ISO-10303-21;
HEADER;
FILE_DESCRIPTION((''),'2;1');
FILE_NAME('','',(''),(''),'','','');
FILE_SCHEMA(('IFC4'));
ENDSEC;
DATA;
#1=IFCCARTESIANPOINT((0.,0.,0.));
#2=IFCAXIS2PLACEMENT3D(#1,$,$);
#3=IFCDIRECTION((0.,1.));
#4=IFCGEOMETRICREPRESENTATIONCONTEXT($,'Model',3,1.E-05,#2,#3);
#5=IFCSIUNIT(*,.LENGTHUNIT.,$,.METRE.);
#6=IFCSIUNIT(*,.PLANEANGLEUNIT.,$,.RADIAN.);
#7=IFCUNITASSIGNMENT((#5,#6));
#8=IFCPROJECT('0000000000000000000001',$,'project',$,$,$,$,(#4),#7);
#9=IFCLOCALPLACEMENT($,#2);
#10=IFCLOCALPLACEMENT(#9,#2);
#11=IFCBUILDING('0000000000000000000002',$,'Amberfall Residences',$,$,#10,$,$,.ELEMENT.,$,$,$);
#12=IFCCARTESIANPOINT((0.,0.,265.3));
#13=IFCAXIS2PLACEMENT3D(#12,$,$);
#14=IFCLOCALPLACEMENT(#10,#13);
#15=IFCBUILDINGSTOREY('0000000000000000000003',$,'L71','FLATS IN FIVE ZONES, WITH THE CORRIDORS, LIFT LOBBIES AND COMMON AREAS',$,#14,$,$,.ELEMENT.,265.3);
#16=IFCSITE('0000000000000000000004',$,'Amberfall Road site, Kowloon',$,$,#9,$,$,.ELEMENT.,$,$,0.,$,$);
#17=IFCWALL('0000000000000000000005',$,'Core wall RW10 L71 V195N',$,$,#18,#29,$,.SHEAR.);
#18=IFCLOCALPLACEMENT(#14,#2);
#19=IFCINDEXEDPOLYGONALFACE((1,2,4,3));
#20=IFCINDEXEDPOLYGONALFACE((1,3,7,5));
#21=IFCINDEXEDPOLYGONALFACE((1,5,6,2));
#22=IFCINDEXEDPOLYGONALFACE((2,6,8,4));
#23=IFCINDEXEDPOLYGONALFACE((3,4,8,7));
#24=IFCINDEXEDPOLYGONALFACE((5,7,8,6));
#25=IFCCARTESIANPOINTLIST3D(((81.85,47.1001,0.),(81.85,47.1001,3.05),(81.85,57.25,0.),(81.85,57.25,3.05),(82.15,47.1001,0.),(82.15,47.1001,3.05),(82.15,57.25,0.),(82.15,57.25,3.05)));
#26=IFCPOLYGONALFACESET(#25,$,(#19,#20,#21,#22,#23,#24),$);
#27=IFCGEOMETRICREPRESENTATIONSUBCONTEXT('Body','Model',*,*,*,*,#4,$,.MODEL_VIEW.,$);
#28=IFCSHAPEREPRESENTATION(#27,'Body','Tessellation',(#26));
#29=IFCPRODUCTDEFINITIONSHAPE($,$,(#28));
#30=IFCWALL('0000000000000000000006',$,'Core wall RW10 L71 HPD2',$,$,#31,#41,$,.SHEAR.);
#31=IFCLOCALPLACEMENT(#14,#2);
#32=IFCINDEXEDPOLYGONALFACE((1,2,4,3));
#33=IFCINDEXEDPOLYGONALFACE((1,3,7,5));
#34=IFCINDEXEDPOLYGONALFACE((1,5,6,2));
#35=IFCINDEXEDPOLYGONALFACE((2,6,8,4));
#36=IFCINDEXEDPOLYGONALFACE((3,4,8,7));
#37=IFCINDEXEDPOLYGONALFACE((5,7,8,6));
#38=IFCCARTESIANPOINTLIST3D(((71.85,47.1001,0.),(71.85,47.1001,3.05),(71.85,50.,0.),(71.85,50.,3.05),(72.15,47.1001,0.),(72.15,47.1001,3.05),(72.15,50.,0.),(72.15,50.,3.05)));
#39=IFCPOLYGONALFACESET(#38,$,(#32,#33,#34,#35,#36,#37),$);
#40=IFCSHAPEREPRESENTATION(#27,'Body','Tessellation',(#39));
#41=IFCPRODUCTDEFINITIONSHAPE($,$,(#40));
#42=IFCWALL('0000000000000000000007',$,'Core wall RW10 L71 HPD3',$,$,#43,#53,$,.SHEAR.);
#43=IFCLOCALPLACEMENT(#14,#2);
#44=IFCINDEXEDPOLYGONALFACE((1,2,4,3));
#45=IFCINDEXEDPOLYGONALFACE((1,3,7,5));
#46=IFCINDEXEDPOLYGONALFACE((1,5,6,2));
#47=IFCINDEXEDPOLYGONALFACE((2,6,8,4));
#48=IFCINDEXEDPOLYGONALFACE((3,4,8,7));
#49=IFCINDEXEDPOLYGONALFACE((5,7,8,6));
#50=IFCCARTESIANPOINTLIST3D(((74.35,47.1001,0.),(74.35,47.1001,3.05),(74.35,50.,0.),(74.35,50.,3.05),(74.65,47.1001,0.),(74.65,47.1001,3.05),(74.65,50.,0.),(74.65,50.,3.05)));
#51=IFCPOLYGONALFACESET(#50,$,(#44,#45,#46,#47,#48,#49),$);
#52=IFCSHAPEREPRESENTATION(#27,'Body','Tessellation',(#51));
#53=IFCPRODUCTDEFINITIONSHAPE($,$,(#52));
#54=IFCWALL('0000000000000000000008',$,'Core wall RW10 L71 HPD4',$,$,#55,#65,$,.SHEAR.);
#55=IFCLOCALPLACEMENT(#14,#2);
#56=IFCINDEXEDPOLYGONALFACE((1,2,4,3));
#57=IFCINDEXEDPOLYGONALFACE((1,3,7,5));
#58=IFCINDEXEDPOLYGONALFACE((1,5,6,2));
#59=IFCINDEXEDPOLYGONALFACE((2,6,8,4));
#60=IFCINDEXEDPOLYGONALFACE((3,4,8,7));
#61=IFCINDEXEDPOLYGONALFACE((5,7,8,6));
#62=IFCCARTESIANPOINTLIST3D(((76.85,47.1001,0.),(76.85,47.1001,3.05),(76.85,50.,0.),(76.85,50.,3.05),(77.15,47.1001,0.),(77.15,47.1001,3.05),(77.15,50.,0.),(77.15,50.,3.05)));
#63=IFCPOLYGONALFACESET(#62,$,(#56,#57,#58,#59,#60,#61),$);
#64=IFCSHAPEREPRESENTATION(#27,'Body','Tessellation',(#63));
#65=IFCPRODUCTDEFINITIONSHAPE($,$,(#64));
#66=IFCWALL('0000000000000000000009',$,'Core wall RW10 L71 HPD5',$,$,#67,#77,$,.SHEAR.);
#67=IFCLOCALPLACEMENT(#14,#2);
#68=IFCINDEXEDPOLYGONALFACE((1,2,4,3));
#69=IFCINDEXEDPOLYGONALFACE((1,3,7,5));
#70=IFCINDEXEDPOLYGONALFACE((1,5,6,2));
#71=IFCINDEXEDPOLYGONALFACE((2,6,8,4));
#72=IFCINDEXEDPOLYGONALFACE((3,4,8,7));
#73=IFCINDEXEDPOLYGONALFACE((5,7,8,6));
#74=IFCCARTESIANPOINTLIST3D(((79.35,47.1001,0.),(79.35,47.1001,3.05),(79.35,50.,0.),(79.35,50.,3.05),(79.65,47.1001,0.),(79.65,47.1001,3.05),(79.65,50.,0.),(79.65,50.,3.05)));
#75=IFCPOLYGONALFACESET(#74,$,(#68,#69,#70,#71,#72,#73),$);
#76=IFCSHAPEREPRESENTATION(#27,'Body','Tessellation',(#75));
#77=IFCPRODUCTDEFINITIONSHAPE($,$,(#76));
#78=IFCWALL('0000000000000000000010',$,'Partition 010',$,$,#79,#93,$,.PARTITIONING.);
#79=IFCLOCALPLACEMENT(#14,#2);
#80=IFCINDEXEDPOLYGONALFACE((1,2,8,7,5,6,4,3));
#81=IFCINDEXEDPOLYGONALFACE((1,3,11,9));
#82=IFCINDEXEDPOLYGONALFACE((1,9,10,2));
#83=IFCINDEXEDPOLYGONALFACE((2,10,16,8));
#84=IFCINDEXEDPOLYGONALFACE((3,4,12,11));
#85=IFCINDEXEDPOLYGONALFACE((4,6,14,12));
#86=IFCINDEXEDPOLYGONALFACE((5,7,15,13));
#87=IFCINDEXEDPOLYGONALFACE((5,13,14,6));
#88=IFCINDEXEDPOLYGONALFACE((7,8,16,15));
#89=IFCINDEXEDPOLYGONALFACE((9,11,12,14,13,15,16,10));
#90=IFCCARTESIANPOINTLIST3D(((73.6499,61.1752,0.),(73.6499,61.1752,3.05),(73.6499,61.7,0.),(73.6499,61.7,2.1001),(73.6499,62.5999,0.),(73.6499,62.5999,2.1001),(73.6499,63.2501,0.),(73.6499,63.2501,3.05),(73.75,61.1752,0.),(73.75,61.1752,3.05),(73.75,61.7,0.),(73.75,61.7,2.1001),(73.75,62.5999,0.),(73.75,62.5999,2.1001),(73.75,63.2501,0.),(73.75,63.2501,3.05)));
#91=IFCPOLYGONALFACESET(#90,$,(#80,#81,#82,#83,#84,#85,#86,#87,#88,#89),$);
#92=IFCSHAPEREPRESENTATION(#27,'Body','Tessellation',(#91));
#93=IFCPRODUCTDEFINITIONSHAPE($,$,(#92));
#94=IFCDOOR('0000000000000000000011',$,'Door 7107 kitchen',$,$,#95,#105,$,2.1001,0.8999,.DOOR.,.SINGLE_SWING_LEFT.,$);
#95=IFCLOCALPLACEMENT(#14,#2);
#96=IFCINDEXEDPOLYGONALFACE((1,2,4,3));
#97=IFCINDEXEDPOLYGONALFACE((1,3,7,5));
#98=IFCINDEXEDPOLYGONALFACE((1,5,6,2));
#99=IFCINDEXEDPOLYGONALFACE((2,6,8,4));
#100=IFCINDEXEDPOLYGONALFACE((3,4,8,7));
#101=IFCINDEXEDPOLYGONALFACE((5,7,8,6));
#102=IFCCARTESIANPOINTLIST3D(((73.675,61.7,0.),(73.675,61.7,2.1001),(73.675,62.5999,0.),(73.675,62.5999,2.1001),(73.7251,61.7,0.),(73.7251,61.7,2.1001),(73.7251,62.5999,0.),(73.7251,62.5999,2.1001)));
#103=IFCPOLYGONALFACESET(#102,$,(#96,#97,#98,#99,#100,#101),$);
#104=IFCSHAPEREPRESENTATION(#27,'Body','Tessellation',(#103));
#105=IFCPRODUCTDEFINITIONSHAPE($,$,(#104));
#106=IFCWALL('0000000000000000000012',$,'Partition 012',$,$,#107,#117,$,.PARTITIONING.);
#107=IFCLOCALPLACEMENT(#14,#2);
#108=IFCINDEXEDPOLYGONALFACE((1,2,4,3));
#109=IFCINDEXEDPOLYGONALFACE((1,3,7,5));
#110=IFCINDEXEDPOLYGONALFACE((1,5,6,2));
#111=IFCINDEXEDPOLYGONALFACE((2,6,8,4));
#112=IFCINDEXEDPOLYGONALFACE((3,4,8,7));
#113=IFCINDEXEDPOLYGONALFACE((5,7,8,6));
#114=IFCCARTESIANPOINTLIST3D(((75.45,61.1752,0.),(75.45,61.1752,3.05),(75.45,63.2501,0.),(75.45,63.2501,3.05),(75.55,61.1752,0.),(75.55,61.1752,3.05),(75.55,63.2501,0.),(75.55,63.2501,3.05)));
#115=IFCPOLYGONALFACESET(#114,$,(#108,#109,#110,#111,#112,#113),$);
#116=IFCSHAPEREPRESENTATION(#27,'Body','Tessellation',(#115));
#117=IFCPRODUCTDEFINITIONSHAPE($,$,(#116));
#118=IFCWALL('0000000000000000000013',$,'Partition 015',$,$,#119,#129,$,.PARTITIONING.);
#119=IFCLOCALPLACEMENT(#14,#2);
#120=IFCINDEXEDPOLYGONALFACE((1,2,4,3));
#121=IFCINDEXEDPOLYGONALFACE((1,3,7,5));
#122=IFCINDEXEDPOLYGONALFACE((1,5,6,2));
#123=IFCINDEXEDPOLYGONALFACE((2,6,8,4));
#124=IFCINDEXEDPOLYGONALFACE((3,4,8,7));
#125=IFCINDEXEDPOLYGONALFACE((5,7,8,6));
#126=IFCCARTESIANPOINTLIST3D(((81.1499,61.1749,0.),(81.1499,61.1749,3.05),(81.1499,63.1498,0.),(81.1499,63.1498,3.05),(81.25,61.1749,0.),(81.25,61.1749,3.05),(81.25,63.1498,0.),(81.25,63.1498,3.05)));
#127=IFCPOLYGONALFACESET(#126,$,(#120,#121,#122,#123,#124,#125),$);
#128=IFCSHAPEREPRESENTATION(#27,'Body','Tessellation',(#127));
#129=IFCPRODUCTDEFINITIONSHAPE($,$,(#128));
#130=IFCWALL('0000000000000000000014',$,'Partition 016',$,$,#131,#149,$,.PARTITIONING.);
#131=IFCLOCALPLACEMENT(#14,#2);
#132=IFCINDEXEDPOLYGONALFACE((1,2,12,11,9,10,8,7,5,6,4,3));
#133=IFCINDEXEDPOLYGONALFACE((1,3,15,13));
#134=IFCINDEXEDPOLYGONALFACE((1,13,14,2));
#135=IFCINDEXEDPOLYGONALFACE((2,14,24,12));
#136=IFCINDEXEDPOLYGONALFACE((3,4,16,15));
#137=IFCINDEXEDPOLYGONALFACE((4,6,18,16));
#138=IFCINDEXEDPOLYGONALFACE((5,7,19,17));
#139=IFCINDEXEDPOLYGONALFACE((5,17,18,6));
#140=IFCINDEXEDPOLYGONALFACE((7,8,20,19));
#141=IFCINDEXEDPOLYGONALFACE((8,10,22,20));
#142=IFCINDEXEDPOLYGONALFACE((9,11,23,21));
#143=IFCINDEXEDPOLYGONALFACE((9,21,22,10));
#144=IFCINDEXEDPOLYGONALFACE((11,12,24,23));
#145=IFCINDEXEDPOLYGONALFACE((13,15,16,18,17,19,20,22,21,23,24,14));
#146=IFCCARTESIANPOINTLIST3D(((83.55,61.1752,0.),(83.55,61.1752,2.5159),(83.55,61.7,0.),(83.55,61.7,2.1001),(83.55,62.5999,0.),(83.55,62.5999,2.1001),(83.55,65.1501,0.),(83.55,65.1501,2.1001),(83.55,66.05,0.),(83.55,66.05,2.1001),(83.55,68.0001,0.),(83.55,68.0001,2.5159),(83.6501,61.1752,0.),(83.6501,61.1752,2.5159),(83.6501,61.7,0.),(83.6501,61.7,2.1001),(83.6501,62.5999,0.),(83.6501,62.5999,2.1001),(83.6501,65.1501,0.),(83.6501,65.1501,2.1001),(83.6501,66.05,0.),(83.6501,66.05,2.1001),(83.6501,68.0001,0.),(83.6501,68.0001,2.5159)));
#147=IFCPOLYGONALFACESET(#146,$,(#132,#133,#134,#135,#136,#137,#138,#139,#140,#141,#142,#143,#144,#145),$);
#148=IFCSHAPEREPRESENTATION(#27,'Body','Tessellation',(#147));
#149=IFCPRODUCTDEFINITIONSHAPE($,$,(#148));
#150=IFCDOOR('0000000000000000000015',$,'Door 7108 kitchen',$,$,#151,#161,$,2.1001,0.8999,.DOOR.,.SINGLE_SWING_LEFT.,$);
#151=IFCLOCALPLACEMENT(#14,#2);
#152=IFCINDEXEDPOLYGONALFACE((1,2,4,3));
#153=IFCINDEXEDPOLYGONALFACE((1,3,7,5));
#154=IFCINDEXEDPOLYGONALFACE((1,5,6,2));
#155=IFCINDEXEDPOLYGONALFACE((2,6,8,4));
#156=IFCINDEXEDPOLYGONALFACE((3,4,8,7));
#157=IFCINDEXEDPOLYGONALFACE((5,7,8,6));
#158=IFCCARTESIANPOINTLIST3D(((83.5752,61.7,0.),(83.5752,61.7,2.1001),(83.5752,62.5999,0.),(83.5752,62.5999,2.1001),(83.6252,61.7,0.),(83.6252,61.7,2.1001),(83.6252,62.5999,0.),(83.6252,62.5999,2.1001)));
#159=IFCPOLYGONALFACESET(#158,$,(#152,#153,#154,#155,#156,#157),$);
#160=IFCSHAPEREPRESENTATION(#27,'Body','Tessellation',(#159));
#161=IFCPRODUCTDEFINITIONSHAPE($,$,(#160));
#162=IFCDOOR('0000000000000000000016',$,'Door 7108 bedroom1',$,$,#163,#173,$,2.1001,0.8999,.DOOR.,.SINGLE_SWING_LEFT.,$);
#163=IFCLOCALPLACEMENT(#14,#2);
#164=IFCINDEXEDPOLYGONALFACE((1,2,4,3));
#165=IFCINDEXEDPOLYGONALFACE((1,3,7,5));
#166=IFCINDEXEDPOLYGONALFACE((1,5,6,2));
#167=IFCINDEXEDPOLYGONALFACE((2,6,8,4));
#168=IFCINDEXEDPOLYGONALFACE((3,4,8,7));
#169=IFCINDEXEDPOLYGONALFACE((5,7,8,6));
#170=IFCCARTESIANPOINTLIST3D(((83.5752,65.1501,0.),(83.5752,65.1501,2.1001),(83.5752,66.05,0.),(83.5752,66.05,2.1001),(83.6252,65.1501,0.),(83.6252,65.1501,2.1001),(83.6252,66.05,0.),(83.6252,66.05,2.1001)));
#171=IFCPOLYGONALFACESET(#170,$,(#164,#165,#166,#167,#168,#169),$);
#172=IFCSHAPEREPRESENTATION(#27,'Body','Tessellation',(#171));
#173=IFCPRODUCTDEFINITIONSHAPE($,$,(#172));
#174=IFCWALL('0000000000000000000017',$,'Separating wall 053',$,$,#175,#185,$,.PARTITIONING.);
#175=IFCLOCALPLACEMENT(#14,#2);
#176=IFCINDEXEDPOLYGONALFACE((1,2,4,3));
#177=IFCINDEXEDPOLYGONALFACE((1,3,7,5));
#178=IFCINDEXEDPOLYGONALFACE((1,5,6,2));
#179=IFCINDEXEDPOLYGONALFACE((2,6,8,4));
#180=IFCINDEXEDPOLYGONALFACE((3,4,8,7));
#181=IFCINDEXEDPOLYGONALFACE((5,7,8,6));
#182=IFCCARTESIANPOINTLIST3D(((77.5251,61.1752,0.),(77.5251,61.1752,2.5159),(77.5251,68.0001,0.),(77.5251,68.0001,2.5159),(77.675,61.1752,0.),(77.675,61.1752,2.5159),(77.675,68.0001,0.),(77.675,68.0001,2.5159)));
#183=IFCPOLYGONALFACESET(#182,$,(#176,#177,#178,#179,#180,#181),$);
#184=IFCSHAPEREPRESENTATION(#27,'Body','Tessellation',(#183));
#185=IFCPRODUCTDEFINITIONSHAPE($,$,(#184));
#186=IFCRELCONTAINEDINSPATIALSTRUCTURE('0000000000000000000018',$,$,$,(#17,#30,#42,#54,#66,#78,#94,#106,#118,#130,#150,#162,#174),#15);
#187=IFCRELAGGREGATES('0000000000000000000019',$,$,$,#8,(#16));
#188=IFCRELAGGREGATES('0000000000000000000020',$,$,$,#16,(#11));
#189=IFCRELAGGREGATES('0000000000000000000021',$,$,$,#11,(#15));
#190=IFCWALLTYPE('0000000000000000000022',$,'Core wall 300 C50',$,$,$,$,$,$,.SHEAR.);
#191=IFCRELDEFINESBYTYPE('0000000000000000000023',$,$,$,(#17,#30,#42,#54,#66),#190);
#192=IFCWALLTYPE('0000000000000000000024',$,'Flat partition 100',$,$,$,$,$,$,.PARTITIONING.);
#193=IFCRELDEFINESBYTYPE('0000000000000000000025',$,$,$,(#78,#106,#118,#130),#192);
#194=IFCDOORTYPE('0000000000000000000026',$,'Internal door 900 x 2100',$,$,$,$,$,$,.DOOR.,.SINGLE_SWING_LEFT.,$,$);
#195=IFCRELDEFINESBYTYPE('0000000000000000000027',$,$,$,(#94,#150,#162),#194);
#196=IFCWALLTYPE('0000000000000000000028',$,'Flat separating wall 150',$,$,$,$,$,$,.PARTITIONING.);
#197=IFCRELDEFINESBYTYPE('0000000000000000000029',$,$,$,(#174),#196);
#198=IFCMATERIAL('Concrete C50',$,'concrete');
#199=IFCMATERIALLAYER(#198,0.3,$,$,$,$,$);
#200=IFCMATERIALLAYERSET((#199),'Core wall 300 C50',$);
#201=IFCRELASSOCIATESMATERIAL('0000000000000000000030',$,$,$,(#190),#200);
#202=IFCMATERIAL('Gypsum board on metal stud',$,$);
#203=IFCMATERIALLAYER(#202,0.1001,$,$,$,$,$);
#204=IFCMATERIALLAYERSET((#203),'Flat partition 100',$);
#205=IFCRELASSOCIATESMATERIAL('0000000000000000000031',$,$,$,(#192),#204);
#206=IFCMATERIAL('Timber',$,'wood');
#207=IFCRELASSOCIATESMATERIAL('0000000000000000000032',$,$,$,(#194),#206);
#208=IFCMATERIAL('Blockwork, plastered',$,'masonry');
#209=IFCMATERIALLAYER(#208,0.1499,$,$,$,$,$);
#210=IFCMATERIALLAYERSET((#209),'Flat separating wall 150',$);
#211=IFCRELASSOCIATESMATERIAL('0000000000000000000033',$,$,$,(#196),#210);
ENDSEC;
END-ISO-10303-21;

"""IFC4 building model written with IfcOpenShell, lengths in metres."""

from ifc_helpers import new_model, si_unit, direction, frame, frame_2d, origin, place, context, subcontext, project, spatial, rectangle, extrude, material, layer, layer_set, type_object, element, fill, save


model = new_model("IFC4")

# Units and contexts
model_context = context("Model", 3, precision=1e-05, world=origin(), true_north=direction((0.0, 1.0)))
body_context = subcontext(model_context, "Body", "Model", "MODEL_VIEW")
ifc_project = project(units=[si_unit("LENGTHUNIT", "METRE"), si_unit("PLANEANGLEUNIT", "RADIAN")], contexts=[model_context])

# Site, building, storey
site_placement = place(None, origin())
site = spatial("IfcSite", under=ifc_project, at=site_placement, Name="Amberfall Road site, Kowloon", CompositionType="ELEMENT", RefElevation=0.0)
building_placement = place(site_placement, origin())
building = spatial("IfcBuilding", under=site, at=building_placement, Name="Amberfall Residences", CompositionType="ELEMENT")
storey_placement = place(building_placement, frame((0.0, 0.0, 265.3)))
storey = spatial("IfcBuildingStorey", under=building, at=storey_placement, Name="L71", Description="FLATS IN FIVE ZONES, WITH THE CORRIDORS, LIFT LOBBIES AND COMMON AREAS", CompositionType="ELEMENT", Elevation=265.3)

# Walls
ifc_material_1 = material(Name="Concrete C50", Category="concrete")
ifc_layer_1 = layer(ifc_material_1, 0.3)
ifc_layer_set_1 = layer_set([ifc_layer_1], Name="Core wall 300 C50")
wall_type_1 = type_object("IfcWallType", Name="Core wall 300 C50", PredefinedType="SHEAR", material=ifc_layer_set_1)
wall_1_placement = place(storey_placement, frame((82.0, 47.1001, 0.0), z_axis=(0.0, 0.0, 1.0), x_axis=(0.0, 1.0, 0.0)))
element("IfcWall", 1, at=wall_1_placement, inside=storey, type_object=wall_type_1, Name="Core wall RW10 L71 V195N", PredefinedType="SHEAR", context=body_context, shape_type="SweptSolid", body=[
    extrude(rectangle(XDim=10.1499, YDim=0.3, at=frame_2d((5.075, 0.0))), origin(), (0.0, 0.0, 1.0), 3.05),
])
for number, where, z_axis, x_axis, name in (
    (2, (72.0, 47.1001, 0.0), (0.0, 0.0, 1.0), (0.0, 1.0, 0.0), "Core wall RW10 L71 HPD2"),
    (3, (74.5, 47.1001, 0.0), (0.0, 0.0, 1.0), (0.0, 1.0, 0.0), "Core wall RW10 L71 HPD3"),
    (4, (77.0, 47.1001, 0.0), (0.0, 0.0, 1.0), (0.0, 1.0, 0.0), "Core wall RW10 L71 HPD4"),
    (5, (79.5, 47.1001, 0.0), (0.0, 0.0, 1.0), (0.0, 1.0, 0.0), "Core wall RW10 L71 HPD5"),
):
    element("IfcWall", number, at=place(storey_placement, frame(where, z_axis=z_axis, x_axis=x_axis)), inside=storey, type_object=wall_type_1, Name=name, PredefinedType="SHEAR", context=body_context, shape_type="SweptSolid", body=[
        extrude(rectangle(XDim=2.8999, YDim=0.3, at=frame_2d((1.45, 0.0))), origin(), (0.0, 0.0, 1.0), 3.05),
    ])

# Wall, opening, door
ifc_material_2 = material(Name="Gypsum board on metal stud")
ifc_layer_2 = layer(ifc_material_2, 0.1001)
ifc_layer_set_2 = layer_set([ifc_layer_2], Name="Flat partition 100")
wall_type_2 = type_object("IfcWallType", Name="Flat partition 100", PredefinedType="PARTITIONING", material=ifc_layer_set_2)
wall_2_placement = place(storey_placement, frame((73.7, 61.175, 0.0), z_axis=(0.0, 0.0, 1.0), x_axis=(0.0, 1.0, 0.0)))
wall_2 = element("IfcWall", 6, at=wall_2_placement, inside=storey, type_object=wall_type_2, Name="Partition 010", PredefinedType="PARTITIONING", context=body_context, shape_type="SweptSolid", body=[
    extrude(rectangle(XDim=2.075, YDim=0.1001, at=frame_2d((1.0376, 0.0))), origin(), (0.0, 0.0, 1.0), 3.05),
])
opening_1_placement = place(wall_2_placement, frame((0.5249, 0.0, 0.0)))
opening_1 = element("IfcOpeningElement", 7, at=opening_1_placement, cuts=wall_2, PredefinedType="OPENING", context=body_context, shape_type="SweptSolid", body=[
    extrude(rectangle(XDim=0.8999, YDim=2.1001, at=frame_2d((0.45, 1.05))), frame((0.0, 0.0601, 0.0), z_axis=(0.0, -1.0, 0.0), x_axis=(1.0, 0.0, 0.0)), (0.0, 0.0, 1.0), 0.1201),
])
ifc_material_3 = material(Name="Timber", Category="wood")
door_type_1 = type_object("IfcDoorType", Name="Internal door 900 x 2100", OperationType="SINGLE_SWING_LEFT", PredefinedType="DOOR", material=ifc_material_3)
door_1_placement = place(opening_1_placement, origin())
door_1 = element("IfcDoor", 8, at=door_1_placement, inside=storey, type_object=door_type_1, Name="Door 7107 kitchen", OperationType="SINGLE_SWING_LEFT", OverallHeight=2.1001, OverallWidth=0.8999, PredefinedType="DOOR", context=body_context, shape_type="SweptSolid", body=[
    extrude(rectangle(XDim=0.8999, YDim=2.1001, at=frame_2d((0.45, 1.05))), frame((0.0, 0.0249, 0.0), z_axis=(0.0, -1.0, 0.0), x_axis=(1.0, 0.0, 0.0)), (0.0, 0.0, 1.0), 0.05),
])
fill(opening_1, door_1)

# Walls
wall_3_placement = place(storey_placement, frame((75.5, 61.175, 0.0), z_axis=(0.0, 0.0, 1.0), x_axis=(0.0, 1.0, 0.0)))
element("IfcWall", 9, at=wall_3_placement, inside=storey, type_object=wall_type_2, Name="Partition 012", PredefinedType="PARTITIONING", context=body_context, shape_type="SweptSolid", body=[
    extrude(rectangle(XDim=2.075, YDim=0.1001, at=frame_2d((1.0376, 0.0))), origin(), (0.0, 0.0, 1.0), 3.05),
])
wall_4_placement = place(storey_placement, frame((81.2, 61.175, 0.0), z_axis=(0.0, 0.0, 1.0), x_axis=(0.0, 1.0, 0.0)))
element("IfcWall", 10, at=wall_4_placement, inside=storey, type_object=wall_type_2, Name="Partition 015", PredefinedType="PARTITIONING", context=body_context, shape_type="SweptSolid", body=[
    extrude(rectangle(XDim=1.9749, YDim=0.1001, at=frame_2d((0.9873, 0.0))), origin(), (0.0, 0.0, 1.0), 3.05),
])

# Wall, openings, doors
wall_5_placement = place(storey_placement, frame((83.6001, 61.175, 0.0), z_axis=(0.0, 0.0, 1.0), x_axis=(0.0, 1.0, 0.0)))
wall_5 = element("IfcWall", 11, at=wall_5_placement, inside=storey, type_object=wall_type_2, Name="Partition 016", PredefinedType="PARTITIONING", context=body_context, shape_type="SweptSolid", body=[
    extrude(rectangle(XDim=6.825, YDim=0.1001, at=frame_2d((3.4126, 0.0))), origin(), (0.0, 0.0, 1.0), 2.5159),
])
opening_2_placement = place(wall_5_placement, frame((0.5249, 0.0, 0.0)))
opening_2 = element("IfcOpeningElement", 12, at=opening_2_placement, cuts=wall_5, PredefinedType="OPENING", context=body_context, shape_type="SweptSolid", body=[
    extrude(rectangle(XDim=0.8999, YDim=2.1001, at=frame_2d((0.45, 1.05))), frame((0.0, 0.0601, 0.0), z_axis=(0.0, -1.0, 0.0), x_axis=(1.0, 0.0, 0.0)), (0.0, 0.0, 1.0), 0.1201),
])
opening_3_placement = place(wall_5_placement, frame((3.9751, 0.0, 0.0)))
opening_3 = element("IfcOpeningElement", 13, at=opening_3_placement, cuts=wall_5, PredefinedType="OPENING", context=body_context, shape_type="SweptSolid", body=[
    extrude(rectangle(XDim=0.8999, YDim=2.1001, at=frame_2d((0.45, 1.05))), frame((0.0, 0.0601, 0.0), z_axis=(0.0, -1.0, 0.0), x_axis=(1.0, 0.0, 0.0)), (0.0, 0.0, 1.0), 0.1201),
])
door_2_placement = place(opening_2_placement, origin())
door_2 = element("IfcDoor", 14, at=door_2_placement, inside=storey, type_object=door_type_1, Name="Door 7108 kitchen", OperationType="SINGLE_SWING_LEFT", OverallHeight=2.1001, OverallWidth=0.8999, PredefinedType="DOOR", context=body_context, shape_type="SweptSolid", body=[
    extrude(rectangle(XDim=0.8999, YDim=2.1001, at=frame_2d((0.45, 1.05))), frame((0.0, 0.0249, 0.0), z_axis=(0.0, -1.0, 0.0), x_axis=(1.0, 0.0, 0.0)), (0.0, 0.0, 1.0), 0.05),
])
fill(opening_2, door_2)
door_3_placement = place(opening_3_placement, origin())
door_3 = element("IfcDoor", 15, at=door_3_placement, inside=storey, type_object=door_type_1, Name="Door 7108 bedroom1", OperationType="SINGLE_SWING_LEFT", OverallHeight=2.1001, OverallWidth=0.8999, PredefinedType="DOOR", context=body_context, shape_type="SweptSolid", body=[
    extrude(rectangle(XDim=0.8999, YDim=2.1001, at=frame_2d((0.45, 1.05))), frame((0.0, 0.0249, 0.0), z_axis=(0.0, -1.0, 0.0), x_axis=(1.0, 0.0, 0.0)), (0.0, 0.0, 1.0), 0.05),
])
fill(opening_3, door_3)

# Wall
ifc_material_4 = material(Name="Blockwork, plastered", Category="masonry")
ifc_layer_3 = layer(ifc_material_4, 0.1499)
ifc_layer_set_3 = layer_set([ifc_layer_3], Name="Flat separating wall 150")
wall_type_3 = type_object("IfcWallType", Name="Flat separating wall 150", PredefinedType="PARTITIONING", material=ifc_layer_set_3)
wall_6_placement = place(storey_placement, frame((77.6001, 61.175, 0.0), z_axis=(0.0, 0.0, 1.0), x_axis=(0.0, 1.0, 0.0)))
element("IfcWall", 16, at=wall_6_placement, inside=storey, type_object=wall_type_3, Name="Separating wall 053", PredefinedType="PARTITIONING", context=body_context, shape_type="SweptSolid", body=[
    extrude(rectangle(XDim=6.825, YDim=0.1499, at=frame_2d((3.4126, 0.0))), origin(), (0.0, 0.0, 1.0), 2.5159),
])

save(model, "model.ifc")
